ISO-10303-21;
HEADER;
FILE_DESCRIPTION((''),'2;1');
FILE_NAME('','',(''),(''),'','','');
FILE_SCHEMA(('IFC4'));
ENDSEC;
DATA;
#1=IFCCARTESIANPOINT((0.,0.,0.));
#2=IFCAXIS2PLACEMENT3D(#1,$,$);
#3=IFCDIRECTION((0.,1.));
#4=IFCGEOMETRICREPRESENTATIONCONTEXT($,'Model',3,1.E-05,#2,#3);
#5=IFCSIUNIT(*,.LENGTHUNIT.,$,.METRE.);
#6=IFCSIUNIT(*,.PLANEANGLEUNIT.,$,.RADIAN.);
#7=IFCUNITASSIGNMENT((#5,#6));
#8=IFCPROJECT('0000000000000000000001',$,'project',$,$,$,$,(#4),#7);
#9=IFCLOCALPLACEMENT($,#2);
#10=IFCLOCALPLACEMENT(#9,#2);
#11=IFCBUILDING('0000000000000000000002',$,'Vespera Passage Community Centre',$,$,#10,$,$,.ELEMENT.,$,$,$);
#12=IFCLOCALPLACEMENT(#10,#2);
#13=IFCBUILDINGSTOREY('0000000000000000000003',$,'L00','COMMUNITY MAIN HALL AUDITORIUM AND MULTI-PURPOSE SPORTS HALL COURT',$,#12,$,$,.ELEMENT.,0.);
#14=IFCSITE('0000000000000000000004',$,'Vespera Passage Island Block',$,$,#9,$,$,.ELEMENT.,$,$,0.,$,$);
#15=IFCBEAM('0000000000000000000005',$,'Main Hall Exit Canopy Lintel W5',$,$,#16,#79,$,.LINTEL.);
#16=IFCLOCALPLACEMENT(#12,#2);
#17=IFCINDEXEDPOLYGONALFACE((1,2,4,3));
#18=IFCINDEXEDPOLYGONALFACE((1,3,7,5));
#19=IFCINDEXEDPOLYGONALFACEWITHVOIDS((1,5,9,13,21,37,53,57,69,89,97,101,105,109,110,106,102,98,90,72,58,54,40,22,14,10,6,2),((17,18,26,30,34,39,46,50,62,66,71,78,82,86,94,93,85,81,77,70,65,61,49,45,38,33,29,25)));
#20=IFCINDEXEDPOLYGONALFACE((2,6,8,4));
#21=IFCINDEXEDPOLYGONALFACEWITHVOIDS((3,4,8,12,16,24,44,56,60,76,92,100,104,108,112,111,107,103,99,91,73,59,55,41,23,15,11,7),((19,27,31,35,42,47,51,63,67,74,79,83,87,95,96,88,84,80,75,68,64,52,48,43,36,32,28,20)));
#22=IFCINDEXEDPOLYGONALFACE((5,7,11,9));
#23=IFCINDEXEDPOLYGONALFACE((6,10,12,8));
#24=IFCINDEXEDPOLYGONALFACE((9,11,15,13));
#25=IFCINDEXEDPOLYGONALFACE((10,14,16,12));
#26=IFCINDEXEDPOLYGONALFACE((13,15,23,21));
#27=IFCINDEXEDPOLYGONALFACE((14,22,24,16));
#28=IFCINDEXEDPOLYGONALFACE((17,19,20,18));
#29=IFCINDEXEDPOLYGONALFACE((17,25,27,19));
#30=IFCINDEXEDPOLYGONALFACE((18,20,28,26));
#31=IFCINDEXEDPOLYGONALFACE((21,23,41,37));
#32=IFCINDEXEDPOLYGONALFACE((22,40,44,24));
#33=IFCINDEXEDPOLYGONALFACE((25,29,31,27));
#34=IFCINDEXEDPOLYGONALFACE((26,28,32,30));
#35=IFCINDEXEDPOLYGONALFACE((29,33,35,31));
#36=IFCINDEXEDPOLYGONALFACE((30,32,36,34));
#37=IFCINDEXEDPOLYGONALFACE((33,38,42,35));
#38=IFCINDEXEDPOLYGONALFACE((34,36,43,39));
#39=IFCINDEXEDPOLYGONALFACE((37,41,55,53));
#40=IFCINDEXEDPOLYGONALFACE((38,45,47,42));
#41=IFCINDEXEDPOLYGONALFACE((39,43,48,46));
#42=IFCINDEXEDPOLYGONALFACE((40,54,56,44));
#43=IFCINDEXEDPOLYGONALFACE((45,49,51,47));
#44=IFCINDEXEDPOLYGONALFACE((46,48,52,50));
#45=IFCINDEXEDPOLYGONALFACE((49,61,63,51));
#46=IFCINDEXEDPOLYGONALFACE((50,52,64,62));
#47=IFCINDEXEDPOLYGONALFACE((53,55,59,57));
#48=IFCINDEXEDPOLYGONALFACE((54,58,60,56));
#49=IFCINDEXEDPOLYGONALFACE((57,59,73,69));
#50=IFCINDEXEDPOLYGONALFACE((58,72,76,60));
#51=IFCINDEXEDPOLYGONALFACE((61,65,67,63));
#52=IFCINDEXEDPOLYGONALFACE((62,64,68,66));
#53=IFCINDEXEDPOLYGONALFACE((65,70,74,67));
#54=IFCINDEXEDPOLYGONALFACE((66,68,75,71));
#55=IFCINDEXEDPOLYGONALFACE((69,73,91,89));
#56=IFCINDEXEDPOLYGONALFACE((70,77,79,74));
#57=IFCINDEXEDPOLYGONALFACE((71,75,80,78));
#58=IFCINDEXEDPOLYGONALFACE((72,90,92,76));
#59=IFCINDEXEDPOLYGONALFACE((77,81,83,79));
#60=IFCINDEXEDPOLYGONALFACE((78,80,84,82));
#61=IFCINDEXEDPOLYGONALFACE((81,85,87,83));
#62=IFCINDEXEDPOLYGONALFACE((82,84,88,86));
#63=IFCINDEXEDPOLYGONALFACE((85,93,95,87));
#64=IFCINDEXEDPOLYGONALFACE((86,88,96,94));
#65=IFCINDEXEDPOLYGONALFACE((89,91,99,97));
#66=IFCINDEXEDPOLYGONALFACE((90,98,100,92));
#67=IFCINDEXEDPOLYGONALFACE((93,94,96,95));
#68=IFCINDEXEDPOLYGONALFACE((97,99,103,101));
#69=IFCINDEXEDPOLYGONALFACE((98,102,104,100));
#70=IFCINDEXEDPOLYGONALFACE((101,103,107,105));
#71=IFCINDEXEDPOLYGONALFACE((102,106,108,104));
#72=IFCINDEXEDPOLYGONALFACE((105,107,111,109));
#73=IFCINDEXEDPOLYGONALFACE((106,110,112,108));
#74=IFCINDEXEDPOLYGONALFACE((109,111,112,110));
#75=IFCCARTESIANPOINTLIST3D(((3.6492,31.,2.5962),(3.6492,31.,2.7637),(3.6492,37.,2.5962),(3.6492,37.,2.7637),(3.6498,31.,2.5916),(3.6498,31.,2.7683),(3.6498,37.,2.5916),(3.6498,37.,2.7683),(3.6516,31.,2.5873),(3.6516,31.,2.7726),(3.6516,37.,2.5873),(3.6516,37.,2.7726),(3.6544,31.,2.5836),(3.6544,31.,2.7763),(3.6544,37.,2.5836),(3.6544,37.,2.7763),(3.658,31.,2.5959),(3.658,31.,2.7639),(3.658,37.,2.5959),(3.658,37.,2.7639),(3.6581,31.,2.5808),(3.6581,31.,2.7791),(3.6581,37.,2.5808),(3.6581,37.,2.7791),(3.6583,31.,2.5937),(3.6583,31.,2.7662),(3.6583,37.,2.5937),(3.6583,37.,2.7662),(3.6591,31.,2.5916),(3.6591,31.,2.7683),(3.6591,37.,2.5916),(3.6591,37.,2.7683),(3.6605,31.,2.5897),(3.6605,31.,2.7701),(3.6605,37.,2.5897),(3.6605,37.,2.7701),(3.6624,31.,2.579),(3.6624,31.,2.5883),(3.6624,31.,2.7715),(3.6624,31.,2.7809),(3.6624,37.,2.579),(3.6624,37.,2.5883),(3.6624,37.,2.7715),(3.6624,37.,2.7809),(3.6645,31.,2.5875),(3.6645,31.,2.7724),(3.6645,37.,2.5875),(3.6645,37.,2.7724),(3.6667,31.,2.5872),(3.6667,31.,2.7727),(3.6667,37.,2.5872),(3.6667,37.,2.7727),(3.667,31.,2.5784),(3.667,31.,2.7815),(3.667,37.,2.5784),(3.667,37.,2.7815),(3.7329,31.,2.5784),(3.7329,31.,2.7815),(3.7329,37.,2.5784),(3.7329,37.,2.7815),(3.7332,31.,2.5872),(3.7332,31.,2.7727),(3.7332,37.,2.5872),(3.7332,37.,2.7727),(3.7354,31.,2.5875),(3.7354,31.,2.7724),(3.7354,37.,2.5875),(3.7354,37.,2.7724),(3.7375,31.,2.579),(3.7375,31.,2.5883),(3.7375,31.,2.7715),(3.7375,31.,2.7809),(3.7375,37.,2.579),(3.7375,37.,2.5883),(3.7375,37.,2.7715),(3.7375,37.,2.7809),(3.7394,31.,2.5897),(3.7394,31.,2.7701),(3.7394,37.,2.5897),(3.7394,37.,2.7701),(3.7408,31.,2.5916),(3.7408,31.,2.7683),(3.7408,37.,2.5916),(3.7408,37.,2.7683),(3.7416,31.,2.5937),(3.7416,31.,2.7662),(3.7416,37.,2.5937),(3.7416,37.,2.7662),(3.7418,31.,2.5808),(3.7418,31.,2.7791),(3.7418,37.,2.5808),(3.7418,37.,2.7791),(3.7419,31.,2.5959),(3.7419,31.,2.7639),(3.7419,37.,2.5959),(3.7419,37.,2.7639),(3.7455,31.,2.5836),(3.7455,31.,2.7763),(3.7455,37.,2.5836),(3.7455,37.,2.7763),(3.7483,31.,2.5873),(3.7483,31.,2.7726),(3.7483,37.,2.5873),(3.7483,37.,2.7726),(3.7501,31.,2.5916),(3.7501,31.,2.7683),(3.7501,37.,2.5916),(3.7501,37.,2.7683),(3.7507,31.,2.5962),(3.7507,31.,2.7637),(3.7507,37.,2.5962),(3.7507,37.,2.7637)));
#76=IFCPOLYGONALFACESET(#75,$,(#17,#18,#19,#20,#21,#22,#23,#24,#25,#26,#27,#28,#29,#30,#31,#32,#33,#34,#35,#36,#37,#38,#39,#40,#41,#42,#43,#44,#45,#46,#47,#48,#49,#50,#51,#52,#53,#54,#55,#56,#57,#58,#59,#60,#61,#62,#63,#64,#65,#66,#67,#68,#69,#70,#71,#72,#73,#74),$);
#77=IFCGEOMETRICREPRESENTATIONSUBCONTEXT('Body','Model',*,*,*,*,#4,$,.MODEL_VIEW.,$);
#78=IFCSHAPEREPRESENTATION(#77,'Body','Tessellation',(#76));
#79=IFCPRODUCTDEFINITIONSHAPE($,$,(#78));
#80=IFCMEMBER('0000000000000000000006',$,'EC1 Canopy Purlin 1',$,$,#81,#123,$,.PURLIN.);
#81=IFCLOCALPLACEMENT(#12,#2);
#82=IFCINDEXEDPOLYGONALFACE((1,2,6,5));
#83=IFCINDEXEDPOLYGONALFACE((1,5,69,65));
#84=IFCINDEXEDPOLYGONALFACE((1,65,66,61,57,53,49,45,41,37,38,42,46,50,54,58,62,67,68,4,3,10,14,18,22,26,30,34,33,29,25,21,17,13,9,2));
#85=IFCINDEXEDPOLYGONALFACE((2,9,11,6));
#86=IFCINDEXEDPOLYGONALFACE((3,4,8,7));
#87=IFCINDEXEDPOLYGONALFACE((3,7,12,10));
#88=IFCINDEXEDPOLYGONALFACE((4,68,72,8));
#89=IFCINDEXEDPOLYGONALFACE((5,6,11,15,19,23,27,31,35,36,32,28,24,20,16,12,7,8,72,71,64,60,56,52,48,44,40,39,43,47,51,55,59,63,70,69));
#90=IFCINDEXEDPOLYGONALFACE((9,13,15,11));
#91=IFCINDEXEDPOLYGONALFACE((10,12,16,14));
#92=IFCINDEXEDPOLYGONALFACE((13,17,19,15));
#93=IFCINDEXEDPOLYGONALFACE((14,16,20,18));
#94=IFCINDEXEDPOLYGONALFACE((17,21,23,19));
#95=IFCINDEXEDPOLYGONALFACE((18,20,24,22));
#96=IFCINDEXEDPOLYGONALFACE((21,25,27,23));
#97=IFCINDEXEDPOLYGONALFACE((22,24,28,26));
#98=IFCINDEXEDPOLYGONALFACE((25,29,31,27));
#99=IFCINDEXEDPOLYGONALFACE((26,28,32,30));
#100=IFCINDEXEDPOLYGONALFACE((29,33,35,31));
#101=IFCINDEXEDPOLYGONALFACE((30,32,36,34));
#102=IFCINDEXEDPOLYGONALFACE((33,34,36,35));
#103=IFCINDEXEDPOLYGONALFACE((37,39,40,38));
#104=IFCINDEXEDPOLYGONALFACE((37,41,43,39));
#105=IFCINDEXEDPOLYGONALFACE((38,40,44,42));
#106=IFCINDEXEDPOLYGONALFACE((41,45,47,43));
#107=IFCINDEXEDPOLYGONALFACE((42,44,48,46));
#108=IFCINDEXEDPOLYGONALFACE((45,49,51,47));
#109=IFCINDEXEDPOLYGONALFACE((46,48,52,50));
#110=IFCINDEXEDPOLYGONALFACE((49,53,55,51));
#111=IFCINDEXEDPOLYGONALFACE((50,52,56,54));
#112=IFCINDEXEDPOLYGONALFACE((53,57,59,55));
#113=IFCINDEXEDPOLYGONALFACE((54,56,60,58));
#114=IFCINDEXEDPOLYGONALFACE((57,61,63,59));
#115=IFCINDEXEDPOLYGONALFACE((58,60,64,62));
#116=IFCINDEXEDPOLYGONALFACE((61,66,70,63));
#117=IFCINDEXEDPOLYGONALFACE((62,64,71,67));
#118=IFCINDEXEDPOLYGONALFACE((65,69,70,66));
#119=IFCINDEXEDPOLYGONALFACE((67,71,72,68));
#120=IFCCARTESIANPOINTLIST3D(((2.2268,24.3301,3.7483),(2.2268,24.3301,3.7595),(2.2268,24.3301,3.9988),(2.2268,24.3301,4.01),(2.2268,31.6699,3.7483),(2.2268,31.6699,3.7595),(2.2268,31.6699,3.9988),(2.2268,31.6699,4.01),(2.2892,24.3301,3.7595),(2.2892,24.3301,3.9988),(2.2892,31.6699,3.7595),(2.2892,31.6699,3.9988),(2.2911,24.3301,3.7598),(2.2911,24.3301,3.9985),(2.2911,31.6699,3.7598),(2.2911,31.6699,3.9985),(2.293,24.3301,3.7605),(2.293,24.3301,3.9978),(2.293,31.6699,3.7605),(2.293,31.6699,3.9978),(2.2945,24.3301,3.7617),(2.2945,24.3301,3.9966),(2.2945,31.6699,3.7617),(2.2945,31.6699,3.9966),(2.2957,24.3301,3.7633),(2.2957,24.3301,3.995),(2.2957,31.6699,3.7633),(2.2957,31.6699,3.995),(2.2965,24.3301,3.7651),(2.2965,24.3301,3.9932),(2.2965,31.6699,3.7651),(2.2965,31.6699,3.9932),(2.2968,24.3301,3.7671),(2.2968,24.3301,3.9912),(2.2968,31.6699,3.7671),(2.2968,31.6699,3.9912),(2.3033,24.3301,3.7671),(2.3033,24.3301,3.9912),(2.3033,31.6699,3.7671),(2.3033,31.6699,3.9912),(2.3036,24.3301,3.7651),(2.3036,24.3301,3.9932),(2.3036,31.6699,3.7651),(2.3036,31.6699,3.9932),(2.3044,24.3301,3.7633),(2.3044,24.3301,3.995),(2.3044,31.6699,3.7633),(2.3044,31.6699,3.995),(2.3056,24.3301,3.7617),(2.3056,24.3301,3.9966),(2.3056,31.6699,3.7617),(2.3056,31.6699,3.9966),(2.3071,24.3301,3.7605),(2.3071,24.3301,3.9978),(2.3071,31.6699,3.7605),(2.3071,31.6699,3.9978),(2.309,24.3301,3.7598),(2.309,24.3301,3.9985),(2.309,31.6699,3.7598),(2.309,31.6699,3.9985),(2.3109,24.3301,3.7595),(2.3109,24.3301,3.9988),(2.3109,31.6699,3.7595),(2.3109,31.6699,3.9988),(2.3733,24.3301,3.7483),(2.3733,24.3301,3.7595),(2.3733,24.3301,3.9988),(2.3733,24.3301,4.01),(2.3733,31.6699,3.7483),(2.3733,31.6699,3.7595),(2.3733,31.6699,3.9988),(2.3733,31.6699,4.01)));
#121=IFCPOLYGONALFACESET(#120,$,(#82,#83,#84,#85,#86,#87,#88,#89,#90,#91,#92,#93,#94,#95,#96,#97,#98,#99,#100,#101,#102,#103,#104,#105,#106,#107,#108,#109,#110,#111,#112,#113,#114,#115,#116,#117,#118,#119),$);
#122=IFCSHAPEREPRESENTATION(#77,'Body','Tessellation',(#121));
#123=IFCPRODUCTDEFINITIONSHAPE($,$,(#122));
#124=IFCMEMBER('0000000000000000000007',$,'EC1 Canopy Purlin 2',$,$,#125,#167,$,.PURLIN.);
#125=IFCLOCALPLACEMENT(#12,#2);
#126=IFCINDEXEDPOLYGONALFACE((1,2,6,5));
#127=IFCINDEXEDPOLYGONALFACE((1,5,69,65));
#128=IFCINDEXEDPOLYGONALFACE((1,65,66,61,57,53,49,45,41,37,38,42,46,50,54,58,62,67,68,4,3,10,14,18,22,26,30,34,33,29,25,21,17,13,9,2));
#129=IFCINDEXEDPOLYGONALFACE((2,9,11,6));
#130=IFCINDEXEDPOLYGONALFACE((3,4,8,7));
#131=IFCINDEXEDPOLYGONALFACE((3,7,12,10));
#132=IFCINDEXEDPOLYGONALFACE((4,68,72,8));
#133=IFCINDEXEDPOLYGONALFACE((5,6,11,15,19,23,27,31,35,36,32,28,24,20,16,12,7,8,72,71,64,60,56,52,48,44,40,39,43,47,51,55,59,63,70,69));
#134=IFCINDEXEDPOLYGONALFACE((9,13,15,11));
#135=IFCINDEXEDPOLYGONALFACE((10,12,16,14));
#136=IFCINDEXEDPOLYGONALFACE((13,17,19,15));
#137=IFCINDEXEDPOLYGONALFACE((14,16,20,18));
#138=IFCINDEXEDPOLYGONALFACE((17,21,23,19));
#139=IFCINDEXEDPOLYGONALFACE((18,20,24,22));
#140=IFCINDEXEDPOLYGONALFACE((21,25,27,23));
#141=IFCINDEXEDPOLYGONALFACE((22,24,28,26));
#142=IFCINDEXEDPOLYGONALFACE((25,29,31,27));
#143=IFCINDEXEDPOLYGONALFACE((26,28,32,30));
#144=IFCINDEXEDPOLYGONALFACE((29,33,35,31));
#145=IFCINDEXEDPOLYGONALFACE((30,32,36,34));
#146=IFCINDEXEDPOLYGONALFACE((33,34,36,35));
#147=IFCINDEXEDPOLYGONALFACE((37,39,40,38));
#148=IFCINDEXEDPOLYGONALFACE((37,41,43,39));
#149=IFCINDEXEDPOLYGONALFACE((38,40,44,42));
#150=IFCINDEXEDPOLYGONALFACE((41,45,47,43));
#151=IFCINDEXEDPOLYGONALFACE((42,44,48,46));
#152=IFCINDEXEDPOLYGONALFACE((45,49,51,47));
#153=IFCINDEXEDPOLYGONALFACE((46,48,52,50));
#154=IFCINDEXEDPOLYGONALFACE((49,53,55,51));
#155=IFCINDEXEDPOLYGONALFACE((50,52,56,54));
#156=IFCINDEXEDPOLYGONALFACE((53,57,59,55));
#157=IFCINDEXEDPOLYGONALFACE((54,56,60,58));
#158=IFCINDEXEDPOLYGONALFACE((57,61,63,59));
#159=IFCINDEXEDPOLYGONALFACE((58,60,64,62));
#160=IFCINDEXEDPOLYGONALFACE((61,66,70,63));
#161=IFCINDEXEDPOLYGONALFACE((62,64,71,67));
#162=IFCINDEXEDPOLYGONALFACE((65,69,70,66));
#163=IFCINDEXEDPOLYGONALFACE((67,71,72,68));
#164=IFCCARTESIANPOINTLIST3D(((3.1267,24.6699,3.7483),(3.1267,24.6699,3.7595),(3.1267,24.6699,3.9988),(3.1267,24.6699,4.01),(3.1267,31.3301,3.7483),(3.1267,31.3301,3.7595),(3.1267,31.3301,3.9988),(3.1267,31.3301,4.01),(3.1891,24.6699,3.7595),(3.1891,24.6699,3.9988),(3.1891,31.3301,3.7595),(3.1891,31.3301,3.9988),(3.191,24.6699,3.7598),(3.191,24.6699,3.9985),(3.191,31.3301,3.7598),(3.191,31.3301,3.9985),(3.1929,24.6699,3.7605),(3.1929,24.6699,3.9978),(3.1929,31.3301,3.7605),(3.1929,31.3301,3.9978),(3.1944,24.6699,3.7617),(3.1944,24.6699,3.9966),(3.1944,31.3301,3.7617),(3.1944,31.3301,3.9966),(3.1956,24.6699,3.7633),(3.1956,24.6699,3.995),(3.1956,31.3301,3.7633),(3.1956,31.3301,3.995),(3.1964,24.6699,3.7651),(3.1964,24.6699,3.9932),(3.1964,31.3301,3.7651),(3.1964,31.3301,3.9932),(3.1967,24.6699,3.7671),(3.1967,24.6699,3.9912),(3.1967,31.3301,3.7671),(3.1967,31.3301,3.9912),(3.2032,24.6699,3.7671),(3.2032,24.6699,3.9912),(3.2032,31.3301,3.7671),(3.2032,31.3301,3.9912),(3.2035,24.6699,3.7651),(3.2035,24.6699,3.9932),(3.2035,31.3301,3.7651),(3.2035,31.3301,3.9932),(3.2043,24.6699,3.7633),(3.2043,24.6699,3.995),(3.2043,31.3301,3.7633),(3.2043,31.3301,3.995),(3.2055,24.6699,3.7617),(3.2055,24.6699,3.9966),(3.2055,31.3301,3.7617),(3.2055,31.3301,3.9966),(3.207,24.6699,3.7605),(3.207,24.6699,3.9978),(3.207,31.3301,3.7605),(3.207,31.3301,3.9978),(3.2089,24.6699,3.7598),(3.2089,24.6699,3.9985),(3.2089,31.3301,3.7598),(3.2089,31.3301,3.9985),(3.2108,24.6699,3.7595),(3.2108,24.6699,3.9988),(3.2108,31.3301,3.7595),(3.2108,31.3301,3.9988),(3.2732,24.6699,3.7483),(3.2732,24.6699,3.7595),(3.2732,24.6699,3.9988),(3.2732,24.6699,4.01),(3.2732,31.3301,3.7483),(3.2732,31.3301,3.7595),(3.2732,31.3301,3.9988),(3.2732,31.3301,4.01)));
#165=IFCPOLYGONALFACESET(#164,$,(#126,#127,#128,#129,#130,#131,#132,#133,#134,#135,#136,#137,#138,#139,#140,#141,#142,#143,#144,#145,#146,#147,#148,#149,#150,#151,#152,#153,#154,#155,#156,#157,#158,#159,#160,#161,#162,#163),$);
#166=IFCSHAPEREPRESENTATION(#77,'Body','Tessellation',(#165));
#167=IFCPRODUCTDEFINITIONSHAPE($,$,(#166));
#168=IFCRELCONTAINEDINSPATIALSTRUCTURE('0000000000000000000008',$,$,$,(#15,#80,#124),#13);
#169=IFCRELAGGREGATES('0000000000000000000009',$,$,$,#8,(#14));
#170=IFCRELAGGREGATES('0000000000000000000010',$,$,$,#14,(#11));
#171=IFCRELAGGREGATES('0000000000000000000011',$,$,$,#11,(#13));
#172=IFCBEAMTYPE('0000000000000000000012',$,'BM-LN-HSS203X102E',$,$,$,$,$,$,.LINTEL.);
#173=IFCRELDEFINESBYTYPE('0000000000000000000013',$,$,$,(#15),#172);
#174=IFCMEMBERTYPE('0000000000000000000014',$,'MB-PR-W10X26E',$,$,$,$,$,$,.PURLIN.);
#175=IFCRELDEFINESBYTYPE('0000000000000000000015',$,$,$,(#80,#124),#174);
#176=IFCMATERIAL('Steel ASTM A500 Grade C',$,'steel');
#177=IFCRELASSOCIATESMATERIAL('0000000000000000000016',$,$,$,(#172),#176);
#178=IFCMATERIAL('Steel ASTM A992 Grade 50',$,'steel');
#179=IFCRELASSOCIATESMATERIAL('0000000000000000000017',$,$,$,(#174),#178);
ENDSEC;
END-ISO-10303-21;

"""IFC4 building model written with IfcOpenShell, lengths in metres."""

from ifc_helpers import new_model, si_unit, direction, frame, origin, origin_2d, place, context, subcontext, project, spatial, hollow_rectangle, i_section, extrude, material, material_profile, profile_set, type_object, element, save


model = new_model("IFC4")

# Units and contexts
model_context = context("Model", 3, precision=1e-05, world=origin(), true_north=direction((0.0, 1.0)))
body_context = subcontext(model_context, "Body", "Model", "MODEL_VIEW")
ifc_project = project(units=[si_unit("LENGTHUNIT", "METRE"), si_unit("PLANEANGLEUNIT", "RADIAN")], contexts=[model_context])

# Site, building, storey
site_placement = place(None, origin())
site = spatial("IfcSite", under=ifc_project, at=site_placement, Name="Vespera Passage Island Block", CompositionType="ELEMENT", RefElevation=0.0)
building_placement = place(site_placement, origin())
building = spatial("IfcBuilding", under=site, at=building_placement, Name="Vespera Passage Community Centre", CompositionType="ELEMENT")
storey_placement = place(building_placement, origin())
storey = spatial("IfcBuildingStorey", under=building, at=storey_placement, Name="L00", Description="COMMUNITY MAIN HALL AUDITORIUM AND MULTI-PURPOSE SPORTS HALL COURT", CompositionType="ELEMENT", Elevation=0.0)

# Beam
ifc_material_1 = material(Name="Steel ASTM A500 Grade C", Category="steel")
ifc_material_profile_1 = material_profile(ifc_material_1, hollow_rectangle(XDim=0.1016, YDim=0.2031, WallThickness=0.0088, InnerFilletRadius=0.0088, OuterFilletRadius=0.0178, at=origin_2d()), Name="HSS203X102X9.5")
ifc_profile_set_1 = profile_set([ifc_material_profile_1], Name="Steel ASTM A500 Grade C")
beam_type_1 = type_object("IfcBeamType", Name="BM-LN-HSS203X102E", PredefinedType="LINTEL", material=ifc_profile_set_1)
beam_1_placement = place(storey_placement, frame((3.7, 31.0, 2.6799), z_axis=(0.0, 1.0, 0.0), x_axis=(-1.0, 0.0, 0.0)))
element("IfcBeam", 1, at=beam_1_placement, inside=storey, type_object=beam_type_1, Name="Main Hall Exit Canopy Lintel W5", PredefinedType="LINTEL", context=body_context, shape_type="SweptSolid", body=[
    extrude(hollow_rectangle(XDim=0.1016, YDim=0.2031, WallThickness=0.0088, InnerFilletRadius=0.0088, OuterFilletRadius=0.0178, at=origin_2d()), origin(), (0.0, 0.0, 1.0), 6.0),
])

# Members
ifc_material_2 = material(Name="Steel ASTM A992 Grade 50", Category="steel")
ifc_material_profile_2 = material_profile(ifc_material_2, i_section(OverallWidth=0.1465, OverallDepth=0.2617, WebThickness=0.0066, FlangeThickness=0.0112, FilletRadius=0.0076, at=origin_2d()), Name="W10X26")
ifc_profile_set_2 = profile_set([ifc_material_profile_2], Name="Steel ASTM A992 Grade 50")
member_type = type_object("IfcMemberType", Name="MB-PR-W10X26E", PredefinedType="PURLIN", material=ifc_profile_set_2)
member_1_placement = place(storey_placement, frame((2.3, 24.3301, 3.8792), z_axis=(0.0, 1.0, 0.0), x_axis=(-1.0, 0.0, 0.0)))
element("IfcMember", 2, at=member_1_placement, inside=storey, type_object=member_type, Name="EC1 Canopy Purlin 1", PredefinedType="PURLIN", context=body_context, shape_type="SweptSolid", body=[
    extrude(i_section(OverallWidth=0.1465, OverallDepth=0.2617, WebThickness=0.0066, FlangeThickness=0.0112, FilletRadius=0.0076, at=origin_2d()), origin(), (0.0, 0.0, 1.0), 7.3398),
])
member_2_placement = place(storey_placement, frame((3.2, 24.6699, 3.8792), z_axis=(0.0, 1.0, 0.0), x_axis=(-1.0, 0.0, 0.0)))
element("IfcMember", 3, at=member_2_placement, inside=storey, type_object=member_type, Name="EC1 Canopy Purlin 2", PredefinedType="PURLIN", context=body_context, shape_type="SweptSolid", body=[
    extrude(i_section(OverallWidth=0.1465, OverallDepth=0.2617, WebThickness=0.0066, FlangeThickness=0.0112, FilletRadius=0.0076, at=origin_2d()), origin(), (0.0, 0.0, 1.0), 6.6602),
])

save(model, "model.ifc")
